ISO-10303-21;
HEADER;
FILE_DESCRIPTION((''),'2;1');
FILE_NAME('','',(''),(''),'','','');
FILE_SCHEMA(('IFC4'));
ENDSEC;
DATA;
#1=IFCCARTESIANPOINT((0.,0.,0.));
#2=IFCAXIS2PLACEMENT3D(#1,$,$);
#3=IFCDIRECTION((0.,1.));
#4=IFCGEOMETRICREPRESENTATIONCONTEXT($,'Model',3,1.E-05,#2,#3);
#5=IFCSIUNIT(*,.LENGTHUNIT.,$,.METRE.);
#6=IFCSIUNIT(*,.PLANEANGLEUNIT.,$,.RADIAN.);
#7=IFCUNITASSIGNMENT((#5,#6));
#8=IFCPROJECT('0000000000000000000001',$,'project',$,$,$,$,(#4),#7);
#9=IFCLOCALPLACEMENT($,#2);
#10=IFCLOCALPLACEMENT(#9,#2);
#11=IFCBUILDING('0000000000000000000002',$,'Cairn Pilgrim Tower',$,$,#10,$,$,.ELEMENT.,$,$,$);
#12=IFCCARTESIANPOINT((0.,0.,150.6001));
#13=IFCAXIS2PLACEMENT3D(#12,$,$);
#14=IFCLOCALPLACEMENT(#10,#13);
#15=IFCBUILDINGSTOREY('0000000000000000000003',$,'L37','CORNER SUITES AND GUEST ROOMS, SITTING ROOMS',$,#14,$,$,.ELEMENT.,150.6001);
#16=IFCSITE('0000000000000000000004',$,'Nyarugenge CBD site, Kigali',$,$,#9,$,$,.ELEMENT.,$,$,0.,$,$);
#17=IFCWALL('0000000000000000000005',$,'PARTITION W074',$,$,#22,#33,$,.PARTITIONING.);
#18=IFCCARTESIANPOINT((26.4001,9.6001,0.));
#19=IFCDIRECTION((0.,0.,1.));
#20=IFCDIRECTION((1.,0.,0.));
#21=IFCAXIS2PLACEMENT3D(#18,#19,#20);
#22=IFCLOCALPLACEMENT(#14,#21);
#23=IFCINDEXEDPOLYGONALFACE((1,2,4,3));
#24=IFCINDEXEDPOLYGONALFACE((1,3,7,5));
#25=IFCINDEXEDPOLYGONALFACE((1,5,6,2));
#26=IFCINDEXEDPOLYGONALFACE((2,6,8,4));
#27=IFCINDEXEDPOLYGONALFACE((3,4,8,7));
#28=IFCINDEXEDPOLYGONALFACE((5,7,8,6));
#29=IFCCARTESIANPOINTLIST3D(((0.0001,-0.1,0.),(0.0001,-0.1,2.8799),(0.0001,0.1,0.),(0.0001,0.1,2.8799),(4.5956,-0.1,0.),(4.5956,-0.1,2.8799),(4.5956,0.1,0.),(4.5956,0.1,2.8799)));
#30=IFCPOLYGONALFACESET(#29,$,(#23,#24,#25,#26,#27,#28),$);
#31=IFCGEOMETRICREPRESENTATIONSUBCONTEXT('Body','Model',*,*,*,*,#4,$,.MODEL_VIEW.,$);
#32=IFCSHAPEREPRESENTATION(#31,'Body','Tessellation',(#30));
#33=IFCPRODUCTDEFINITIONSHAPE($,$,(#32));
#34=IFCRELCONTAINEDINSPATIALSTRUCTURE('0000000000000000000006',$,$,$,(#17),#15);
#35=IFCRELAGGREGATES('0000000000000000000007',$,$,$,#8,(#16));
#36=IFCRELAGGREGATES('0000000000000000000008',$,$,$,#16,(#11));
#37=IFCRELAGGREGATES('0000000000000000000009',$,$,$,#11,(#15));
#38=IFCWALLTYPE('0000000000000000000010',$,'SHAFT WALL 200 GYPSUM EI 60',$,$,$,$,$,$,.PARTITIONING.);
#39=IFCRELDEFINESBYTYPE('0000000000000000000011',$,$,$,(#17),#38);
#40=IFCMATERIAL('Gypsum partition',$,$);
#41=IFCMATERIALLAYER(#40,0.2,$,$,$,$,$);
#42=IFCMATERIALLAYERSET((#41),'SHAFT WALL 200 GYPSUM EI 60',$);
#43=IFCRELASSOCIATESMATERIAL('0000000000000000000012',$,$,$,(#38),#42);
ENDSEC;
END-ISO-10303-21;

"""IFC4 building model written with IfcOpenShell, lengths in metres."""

from ifc_helpers import new_model, si_unit, direction, frame, frame_2d, origin, place, context, subcontext, project, spatial, rectangle, extrude, material, layer, layer_set, type_object, element, save


model = new_model("IFC4")

# Units and contexts
model_context = context("Model", 3, precision=1e-05, world=origin(), true_north=direction((0.0, 1.0)))
body_context = subcontext(model_context, "Body", "Model", "MODEL_VIEW")
ifc_project = project(units=[si_unit("LENGTHUNIT", "METRE"), si_unit("PLANEANGLEUNIT", "RADIAN")], contexts=[model_context])

# Site, building, storey
site_placement = place(None, origin())
site = spatial("IfcSite", under=ifc_project, at=site_placement, Name="Nyarugenge CBD site, Kigali", CompositionType="ELEMENT", RefElevation=0.0)
building_placement = place(site_placement, origin())
building = spatial("IfcBuilding", under=site, at=building_placement, Name="Cairn Pilgrim Tower", CompositionType="ELEMENT")
storey_placement = place(building_placement, frame((0.0, 0.0, 150.6001)))
storey = spatial("IfcBuildingStorey", under=building, at=storey_placement, Name="L37", Description="CORNER SUITES AND GUEST ROOMS, SITTING ROOMS", CompositionType="ELEMENT", Elevation=150.6001)

# Shared definitions
ifc_material_1 = material(Name="Gypsum partition")

# Wall
ifc_layer_1 = layer(ifc_material_1, 0.2)
ifc_layer_set_1 = layer_set([ifc_layer_1], Name="SHAFT WALL 200 GYPSUM EI 60")
wall_type_1 = type_object("IfcWallType", Name="SHAFT WALL 200 GYPSUM EI 60", PredefinedType="PARTITIONING", material=ifc_layer_set_1)
wall_1_placement = place(storey_placement, frame((26.4001, 9.6001, 0.0), z_axis=(0.0, 0.0, 1.0), x_axis=(1.0, 0.0, 0.0)))
element("IfcWall", 1, at=wall_1_placement, inside=storey, type_object=wall_type_1, Name="PARTITION W074", PredefinedType="PARTITIONING", context=body_context, shape_type="SweptSolid", body=[
    extrude(rectangle(XDim=4.5955, YDim=0.2, at=frame_2d((2.2979, 0.0))), origin(), (0.0, 0.0, 1.0), 2.8799),
])

save(model, "model.ifc")
